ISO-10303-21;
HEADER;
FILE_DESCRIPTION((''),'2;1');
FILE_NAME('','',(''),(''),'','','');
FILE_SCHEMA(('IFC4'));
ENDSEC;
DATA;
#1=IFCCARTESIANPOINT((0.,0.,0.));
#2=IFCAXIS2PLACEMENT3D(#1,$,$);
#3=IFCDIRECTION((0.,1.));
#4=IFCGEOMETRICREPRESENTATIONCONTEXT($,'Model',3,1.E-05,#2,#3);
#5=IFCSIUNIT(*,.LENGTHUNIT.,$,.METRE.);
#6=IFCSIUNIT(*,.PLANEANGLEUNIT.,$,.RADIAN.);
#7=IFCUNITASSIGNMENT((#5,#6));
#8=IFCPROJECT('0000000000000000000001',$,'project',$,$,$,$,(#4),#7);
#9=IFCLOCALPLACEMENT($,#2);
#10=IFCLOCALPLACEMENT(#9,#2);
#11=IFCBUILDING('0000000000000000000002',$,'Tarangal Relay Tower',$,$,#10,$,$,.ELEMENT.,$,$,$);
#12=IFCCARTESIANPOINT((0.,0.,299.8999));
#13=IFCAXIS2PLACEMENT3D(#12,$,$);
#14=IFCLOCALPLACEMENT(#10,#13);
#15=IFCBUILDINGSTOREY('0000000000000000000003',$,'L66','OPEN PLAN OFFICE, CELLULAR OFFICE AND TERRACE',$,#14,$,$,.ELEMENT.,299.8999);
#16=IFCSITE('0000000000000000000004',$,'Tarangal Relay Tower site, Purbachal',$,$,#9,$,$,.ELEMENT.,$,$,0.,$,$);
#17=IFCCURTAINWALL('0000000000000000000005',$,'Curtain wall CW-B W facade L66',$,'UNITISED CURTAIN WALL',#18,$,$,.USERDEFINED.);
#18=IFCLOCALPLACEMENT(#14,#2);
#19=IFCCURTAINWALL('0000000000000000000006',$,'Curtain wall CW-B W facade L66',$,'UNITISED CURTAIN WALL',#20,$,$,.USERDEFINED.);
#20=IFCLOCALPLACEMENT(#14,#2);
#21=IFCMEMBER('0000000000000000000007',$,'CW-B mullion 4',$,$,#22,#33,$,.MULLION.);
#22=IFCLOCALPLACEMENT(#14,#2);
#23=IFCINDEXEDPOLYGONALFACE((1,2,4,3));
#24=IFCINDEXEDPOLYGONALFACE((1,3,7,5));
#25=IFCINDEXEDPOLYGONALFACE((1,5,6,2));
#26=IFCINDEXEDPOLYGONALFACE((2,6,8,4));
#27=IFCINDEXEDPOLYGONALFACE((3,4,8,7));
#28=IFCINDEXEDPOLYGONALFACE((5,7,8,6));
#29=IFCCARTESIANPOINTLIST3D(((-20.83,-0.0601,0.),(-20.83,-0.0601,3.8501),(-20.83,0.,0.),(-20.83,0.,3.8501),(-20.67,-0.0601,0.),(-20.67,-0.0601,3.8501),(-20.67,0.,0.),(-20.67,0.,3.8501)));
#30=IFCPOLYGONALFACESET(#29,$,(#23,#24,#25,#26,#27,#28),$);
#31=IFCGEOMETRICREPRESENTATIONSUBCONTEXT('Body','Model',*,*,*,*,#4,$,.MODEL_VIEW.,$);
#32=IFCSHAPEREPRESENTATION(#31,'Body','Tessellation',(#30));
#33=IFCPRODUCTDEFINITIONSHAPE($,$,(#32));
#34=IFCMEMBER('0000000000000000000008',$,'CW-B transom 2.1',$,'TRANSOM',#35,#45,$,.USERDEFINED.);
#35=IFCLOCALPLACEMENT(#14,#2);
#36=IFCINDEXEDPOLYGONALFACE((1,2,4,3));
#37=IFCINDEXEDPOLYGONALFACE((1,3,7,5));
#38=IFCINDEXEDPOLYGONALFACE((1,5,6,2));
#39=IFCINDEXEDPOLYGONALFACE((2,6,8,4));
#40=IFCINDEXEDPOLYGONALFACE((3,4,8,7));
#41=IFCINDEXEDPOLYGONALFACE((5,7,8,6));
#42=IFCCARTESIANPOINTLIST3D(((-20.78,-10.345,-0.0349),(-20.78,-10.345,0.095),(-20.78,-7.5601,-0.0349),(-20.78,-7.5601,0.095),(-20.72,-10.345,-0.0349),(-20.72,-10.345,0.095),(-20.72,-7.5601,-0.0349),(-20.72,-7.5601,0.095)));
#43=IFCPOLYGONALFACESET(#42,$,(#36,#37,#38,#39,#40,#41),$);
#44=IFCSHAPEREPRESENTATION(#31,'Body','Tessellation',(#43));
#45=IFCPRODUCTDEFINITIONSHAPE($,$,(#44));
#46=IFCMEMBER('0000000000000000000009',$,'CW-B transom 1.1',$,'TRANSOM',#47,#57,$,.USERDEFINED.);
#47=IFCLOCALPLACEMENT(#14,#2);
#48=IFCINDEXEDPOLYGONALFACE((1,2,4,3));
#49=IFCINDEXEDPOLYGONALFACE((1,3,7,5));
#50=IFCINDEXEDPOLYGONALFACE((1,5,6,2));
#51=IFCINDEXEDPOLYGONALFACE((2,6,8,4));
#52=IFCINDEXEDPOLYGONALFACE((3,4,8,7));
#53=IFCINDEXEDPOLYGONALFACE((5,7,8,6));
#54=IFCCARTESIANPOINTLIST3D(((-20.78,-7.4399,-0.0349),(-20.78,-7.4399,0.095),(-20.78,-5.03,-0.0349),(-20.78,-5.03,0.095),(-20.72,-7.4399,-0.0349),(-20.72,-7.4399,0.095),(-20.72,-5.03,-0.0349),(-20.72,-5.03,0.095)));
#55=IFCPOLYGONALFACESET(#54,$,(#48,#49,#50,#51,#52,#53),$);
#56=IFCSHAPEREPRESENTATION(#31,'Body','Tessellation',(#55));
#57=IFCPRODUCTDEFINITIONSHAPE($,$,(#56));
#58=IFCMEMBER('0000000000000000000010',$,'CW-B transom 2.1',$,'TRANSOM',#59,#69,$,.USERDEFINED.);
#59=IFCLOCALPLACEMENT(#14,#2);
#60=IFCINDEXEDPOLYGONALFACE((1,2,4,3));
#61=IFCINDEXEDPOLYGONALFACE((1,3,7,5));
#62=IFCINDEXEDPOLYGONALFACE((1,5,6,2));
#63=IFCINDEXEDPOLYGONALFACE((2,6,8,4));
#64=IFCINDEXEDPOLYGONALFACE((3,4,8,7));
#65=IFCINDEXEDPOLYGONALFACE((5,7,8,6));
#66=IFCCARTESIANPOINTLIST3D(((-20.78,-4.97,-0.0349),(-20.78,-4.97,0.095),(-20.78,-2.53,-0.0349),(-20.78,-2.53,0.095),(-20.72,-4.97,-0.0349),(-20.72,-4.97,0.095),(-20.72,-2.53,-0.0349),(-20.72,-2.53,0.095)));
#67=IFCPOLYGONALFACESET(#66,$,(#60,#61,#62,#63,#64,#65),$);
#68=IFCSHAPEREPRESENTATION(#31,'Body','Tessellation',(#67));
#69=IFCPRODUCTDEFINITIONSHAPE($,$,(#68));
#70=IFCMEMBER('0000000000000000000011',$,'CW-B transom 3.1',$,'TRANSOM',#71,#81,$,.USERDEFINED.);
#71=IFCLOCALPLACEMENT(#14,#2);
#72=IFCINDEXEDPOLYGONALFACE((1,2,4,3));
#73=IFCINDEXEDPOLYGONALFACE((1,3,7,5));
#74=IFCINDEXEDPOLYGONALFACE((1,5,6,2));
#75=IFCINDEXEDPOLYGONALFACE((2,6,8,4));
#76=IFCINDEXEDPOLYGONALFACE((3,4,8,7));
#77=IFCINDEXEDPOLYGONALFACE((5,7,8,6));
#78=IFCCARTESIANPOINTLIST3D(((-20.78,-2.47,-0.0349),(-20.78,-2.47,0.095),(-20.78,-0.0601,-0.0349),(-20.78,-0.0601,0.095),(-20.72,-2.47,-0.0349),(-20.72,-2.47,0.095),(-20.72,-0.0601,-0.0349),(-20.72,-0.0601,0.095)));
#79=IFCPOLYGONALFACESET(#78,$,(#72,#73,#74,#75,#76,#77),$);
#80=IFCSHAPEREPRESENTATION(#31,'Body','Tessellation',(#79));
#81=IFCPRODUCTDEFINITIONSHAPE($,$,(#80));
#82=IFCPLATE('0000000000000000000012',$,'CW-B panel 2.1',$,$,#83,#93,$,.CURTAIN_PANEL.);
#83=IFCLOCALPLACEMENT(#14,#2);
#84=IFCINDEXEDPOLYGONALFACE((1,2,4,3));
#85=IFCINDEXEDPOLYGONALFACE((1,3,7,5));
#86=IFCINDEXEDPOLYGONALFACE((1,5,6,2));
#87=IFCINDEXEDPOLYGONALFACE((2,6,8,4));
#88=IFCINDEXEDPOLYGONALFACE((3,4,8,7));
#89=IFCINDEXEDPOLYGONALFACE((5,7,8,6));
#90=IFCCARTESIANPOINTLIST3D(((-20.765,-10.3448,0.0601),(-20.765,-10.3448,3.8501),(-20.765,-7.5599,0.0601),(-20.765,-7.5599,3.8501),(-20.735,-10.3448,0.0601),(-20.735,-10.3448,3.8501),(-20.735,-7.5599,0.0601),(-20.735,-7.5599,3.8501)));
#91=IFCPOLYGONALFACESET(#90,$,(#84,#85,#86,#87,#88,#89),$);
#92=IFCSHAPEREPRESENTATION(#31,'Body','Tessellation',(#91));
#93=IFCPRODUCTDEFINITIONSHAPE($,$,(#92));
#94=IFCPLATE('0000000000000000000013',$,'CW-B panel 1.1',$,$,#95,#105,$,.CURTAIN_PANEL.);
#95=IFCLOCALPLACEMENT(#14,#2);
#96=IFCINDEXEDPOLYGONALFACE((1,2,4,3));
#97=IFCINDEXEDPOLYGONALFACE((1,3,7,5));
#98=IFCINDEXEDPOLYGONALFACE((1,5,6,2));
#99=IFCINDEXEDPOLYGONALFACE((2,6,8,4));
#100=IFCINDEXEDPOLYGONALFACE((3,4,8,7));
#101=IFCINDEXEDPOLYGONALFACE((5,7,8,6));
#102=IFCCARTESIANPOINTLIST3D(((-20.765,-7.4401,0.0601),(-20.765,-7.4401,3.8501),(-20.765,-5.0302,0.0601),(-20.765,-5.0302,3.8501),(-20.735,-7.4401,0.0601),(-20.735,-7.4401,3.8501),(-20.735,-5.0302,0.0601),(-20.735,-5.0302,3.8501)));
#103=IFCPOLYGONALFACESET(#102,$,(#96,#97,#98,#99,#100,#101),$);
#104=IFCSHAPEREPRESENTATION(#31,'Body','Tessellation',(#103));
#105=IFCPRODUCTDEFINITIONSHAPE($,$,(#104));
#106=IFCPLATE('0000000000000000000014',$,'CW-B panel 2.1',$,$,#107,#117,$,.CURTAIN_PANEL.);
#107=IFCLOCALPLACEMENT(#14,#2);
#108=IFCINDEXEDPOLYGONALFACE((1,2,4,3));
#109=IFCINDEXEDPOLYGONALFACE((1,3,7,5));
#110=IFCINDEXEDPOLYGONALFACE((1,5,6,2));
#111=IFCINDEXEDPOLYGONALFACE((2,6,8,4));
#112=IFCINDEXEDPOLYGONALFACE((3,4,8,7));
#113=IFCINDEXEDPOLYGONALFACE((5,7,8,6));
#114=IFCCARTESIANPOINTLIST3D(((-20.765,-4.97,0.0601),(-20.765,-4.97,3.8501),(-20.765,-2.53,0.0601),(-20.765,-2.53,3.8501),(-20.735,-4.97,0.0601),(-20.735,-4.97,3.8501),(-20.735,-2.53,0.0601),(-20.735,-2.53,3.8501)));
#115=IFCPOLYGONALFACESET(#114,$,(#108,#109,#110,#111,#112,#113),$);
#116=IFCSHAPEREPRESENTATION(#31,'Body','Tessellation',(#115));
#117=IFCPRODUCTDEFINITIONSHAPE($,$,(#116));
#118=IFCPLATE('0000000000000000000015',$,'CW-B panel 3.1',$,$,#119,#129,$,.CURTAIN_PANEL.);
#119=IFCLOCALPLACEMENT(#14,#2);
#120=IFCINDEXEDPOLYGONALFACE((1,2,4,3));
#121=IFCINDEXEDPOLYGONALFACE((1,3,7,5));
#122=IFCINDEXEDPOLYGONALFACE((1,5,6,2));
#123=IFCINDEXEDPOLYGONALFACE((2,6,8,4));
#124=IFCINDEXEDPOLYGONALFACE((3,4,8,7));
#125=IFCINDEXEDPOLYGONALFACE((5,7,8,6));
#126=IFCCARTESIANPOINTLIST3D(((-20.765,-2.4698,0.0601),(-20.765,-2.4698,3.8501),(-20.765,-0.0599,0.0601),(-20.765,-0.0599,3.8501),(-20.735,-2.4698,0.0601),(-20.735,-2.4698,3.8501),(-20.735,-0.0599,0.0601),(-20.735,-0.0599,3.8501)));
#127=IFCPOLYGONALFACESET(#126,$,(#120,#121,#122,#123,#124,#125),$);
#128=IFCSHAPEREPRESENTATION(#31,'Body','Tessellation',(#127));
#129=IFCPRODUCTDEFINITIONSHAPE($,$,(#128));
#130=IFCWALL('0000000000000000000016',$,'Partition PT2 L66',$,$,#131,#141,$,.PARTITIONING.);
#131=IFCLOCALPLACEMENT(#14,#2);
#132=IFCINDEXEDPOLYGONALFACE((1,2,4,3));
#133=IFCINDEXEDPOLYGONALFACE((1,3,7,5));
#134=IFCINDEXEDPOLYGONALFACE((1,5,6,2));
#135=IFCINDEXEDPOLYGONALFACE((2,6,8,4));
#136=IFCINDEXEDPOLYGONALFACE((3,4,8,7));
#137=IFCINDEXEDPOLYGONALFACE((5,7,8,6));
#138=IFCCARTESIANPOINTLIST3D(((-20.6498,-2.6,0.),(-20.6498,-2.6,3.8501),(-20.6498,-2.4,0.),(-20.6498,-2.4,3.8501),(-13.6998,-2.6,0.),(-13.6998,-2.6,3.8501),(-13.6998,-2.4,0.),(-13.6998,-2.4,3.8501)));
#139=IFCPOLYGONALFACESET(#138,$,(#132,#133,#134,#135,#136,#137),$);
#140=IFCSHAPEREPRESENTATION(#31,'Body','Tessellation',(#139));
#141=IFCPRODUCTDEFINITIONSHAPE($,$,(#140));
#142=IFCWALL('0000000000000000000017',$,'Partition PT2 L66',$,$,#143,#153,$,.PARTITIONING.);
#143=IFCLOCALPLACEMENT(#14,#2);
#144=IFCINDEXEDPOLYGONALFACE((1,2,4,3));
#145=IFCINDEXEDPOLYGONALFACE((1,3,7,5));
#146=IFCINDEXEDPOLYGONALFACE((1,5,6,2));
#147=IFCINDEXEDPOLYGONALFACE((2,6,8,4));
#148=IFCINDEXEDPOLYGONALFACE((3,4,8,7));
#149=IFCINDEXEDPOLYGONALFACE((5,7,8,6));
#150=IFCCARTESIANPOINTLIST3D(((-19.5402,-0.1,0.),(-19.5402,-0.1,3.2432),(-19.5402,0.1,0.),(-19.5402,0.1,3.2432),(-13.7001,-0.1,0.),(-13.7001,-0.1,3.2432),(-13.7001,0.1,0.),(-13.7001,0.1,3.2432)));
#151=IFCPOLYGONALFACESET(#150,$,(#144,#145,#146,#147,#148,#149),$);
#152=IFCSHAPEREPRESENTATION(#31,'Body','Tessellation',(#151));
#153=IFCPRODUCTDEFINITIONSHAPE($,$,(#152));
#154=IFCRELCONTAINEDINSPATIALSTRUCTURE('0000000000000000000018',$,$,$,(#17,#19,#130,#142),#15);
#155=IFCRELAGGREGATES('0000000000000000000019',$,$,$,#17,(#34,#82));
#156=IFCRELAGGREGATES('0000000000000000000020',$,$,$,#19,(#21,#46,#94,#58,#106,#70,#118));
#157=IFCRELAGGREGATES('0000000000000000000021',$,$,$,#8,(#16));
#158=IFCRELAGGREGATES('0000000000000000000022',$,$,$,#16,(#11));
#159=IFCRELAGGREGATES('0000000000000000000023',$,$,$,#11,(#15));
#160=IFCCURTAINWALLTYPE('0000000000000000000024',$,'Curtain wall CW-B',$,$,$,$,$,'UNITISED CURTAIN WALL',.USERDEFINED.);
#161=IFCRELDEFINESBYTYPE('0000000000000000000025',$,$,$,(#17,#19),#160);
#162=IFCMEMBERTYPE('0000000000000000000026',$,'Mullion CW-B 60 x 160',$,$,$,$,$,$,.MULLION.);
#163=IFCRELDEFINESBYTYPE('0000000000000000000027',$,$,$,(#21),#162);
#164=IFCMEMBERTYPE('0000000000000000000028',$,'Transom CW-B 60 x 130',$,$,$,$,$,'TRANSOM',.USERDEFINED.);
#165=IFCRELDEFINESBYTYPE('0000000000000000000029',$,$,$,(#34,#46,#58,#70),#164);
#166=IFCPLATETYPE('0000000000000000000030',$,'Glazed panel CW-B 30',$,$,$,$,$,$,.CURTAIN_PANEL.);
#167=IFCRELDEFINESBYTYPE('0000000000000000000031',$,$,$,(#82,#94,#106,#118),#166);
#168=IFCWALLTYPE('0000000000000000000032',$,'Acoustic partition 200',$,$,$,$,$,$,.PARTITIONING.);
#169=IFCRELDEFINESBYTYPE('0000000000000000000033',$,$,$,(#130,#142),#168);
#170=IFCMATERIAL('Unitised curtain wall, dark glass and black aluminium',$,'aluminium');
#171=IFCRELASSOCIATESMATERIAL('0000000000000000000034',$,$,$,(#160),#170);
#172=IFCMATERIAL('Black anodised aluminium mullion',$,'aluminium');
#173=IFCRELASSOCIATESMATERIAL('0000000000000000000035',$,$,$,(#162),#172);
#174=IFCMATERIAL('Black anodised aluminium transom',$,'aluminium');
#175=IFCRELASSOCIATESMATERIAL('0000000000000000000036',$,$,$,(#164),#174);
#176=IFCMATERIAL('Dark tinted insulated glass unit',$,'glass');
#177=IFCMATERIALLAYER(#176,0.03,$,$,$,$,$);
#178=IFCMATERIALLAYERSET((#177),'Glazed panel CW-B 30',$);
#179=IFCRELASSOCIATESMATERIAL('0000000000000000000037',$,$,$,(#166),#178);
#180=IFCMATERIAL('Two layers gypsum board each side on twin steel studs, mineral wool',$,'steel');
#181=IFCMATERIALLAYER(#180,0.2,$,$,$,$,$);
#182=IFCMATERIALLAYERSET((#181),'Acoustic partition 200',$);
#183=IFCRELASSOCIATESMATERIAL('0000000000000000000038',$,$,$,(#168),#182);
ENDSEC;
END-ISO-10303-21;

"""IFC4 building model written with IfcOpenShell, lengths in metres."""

from ifc_helpers import new_model, si_unit, direction, frame, frame_2d, origin, origin_2d, place, context, subcontext, project, spatial, rectangle, extrude, material, layer, layer_set, material_profile, profile_set, type_object, element, aggregate, save


model = new_model("IFC4")

# Units and contexts
model_context = context("Model", 3, precision=1e-05, world=origin(), true_north=direction((0.0, 1.0)))
body_context = subcontext(model_context, "Body", "Model", "MODEL_VIEW")
ifc_project = project(units=[si_unit("LENGTHUNIT", "METRE"), si_unit("PLANEANGLEUNIT", "RADIAN")], contexts=[model_context])

# Site, building, storey
site_placement = place(None, origin())
site = spatial("IfcSite", under=ifc_project, at=site_placement, Name="Tarangal Relay Tower site, Purbachal", CompositionType="ELEMENT", RefElevation=0.0)
building_placement = place(site_placement, origin())
building = spatial("IfcBuilding", under=site, at=building_placement, Name="Tarangal Relay Tower", CompositionType="ELEMENT")
storey_placement = place(building_placement, frame((0.0, 0.0, 299.8999)))
storey = spatial("IfcBuildingStorey", under=building, at=storey_placement, Name="L66", Description="OPEN PLAN OFFICE, CELLULAR OFFICE AND TERRACE", CompositionType="ELEMENT", Elevation=299.8999)

# Curtain wall
ifc_material_1 = material(Name="Unitised curtain wall, dark glass and black aluminium", Category="aluminium")
curtain_wall_type = type_object("IfcCurtainWallType", Name="Curtain wall CW-B", ElementType="UNITISED CURTAIN WALL", PredefinedType="USERDEFINED", material=ifc_material_1)
curtain_wall_1_placement = place(storey_placement, origin())
curtain_wall_1 = element("IfcCurtainWall", 1, at=curtain_wall_1_placement, inside=storey, type_object=curtain_wall_type, Name="Curtain wall CW-B W facade L66", ObjectType="UNITISED CURTAIN WALL", PredefinedType="USERDEFINED")
ifc_material_2 = material(Name="Black anodised aluminium mullion", Category="aluminium")
ifc_material_profile_1 = material_profile(ifc_material_2, rectangle(XDim=0.1599, YDim=0.0601, at=origin_2d()), Name="CW-BM 60X160")
ifc_profile_set_1 = profile_set([ifc_material_profile_1], Name="Black anodised aluminium mullion")
member_type_1 = type_object("IfcMemberType", Name="Mullion CW-B 60 x 160", PredefinedType="MULLION", material=ifc_profile_set_1)

# Curtain wall, member
curtain_wall_2_placement = place(storey_placement, origin())
curtain_wall_2 = element("IfcCurtainWall", 2, at=curtain_wall_2_placement, inside=storey, type_object=curtain_wall_type, Name="Curtain wall CW-B W facade L66", ObjectType="UNITISED CURTAIN WALL", PredefinedType="USERDEFINED")
member_1_placement = place(storey_placement, frame((-20.75, -0.03, 0.0), z_axis=(0.0, 0.0, 1.0), x_axis=(-1.0, 0.0, 0.0)))
member_1 = element("IfcMember", 3, at=member_1_placement, type_object=member_type_1, Name="CW-B mullion 4", PredefinedType="MULLION", context=body_context, shape_type="SweptSolid", body=[
    extrude(rectangle(XDim=0.1599, YDim=0.0601, at=origin_2d()), origin(), (0.0, 0.0, 1.0), 3.8501),
])

# Members
ifc_material_3 = material(Name="Black anodised aluminium transom", Category="aluminium")
ifc_material_profile_2 = material_profile(ifc_material_3, rectangle(XDim=0.0601, YDim=0.1299, at=origin_2d()), Name="CW-BT 60X130")
ifc_profile_set_2 = profile_set([ifc_material_profile_2], Name="Black anodised aluminium transom")
member_type_2 = type_object("IfcMemberType", Name="Transom CW-B 60 x 130", ElementType="TRANSOM", PredefinedType="USERDEFINED", material=ifc_profile_set_2)
member_2_placement = place(storey_placement, frame((-20.75, -10.345, 0.03), z_axis=(0.0, 1.0, 0.0), x_axis=(-1.0, 0.0, 0.0)))
member_2 = element("IfcMember", 4, at=member_2_placement, type_object=member_type_2, Name="CW-B transom 2.1", ObjectType="TRANSOM", PredefinedType="USERDEFINED", context=body_context, shape_type="SweptSolid", body=[
    extrude(rectangle(XDim=0.0601, YDim=0.1299, at=origin_2d()), origin(), (0.0, 0.0, 1.0), 2.7849),
])
member_3_placement = place(storey_placement, frame((-20.75, -7.4399, 0.03), z_axis=(0.0, 1.0, 0.0), x_axis=(-1.0, 0.0, 0.0)))
member_3 = element("IfcMember", 5, at=member_3_placement, type_object=member_type_2, Name="CW-B transom 1.1", ObjectType="TRANSOM", PredefinedType="USERDEFINED", context=body_context, shape_type="SweptSolid", body=[
    extrude(rectangle(XDim=0.0601, YDim=0.1299, at=origin_2d()), origin(), (0.0, 0.0, 1.0), 2.4099),
])
member_4_placement = place(storey_placement, frame((-20.75, -4.97, 0.03), z_axis=(0.0, 1.0, 0.0), x_axis=(-1.0, 0.0, 0.0)))
member_4 = element("IfcMember", 6, at=member_4_placement, type_object=member_type_2, Name="CW-B transom 2.1", ObjectType="TRANSOM", PredefinedType="USERDEFINED", context=body_context, shape_type="SweptSolid", body=[
    extrude(rectangle(XDim=0.0601, YDim=0.1299, at=origin_2d()), origin(), (0.0, 0.0, 1.0), 2.4399),
])
member_5_placement = place(storey_placement, frame((-20.75, -2.47, 0.03), z_axis=(0.0, 1.0, 0.0), x_axis=(-1.0, 0.0, 0.0)))
member_5 = element("IfcMember", 7, at=member_5_placement, type_object=member_type_2, Name="CW-B transom 3.1", ObjectType="TRANSOM", PredefinedType="USERDEFINED", context=body_context, shape_type="SweptSolid", body=[
    extrude(rectangle(XDim=0.0601, YDim=0.1299, at=origin_2d()), origin(), (0.0, 0.0, 1.0), 2.4099),
])

# Plates
ifc_material_4 = material(Name="Dark tinted insulated glass unit", Category="glass")
ifc_layer_1 = layer(ifc_material_4, 0.03)
ifc_layer_set_1 = layer_set([ifc_layer_1], Name="Glazed panel CW-B 30")
plate_type = type_object("IfcPlateType", Name="Glazed panel CW-B 30", PredefinedType="CURTAIN_PANEL", material=ifc_layer_set_1)
plate_1_placement = place(storey_placement, frame((-20.75, -8.9524, 0.0601), z_axis=(0.0, 0.0, 1.0), x_axis=(0.0, 1.0, 0.0)))
plate_1 = element("IfcPlate", 8, at=plate_1_placement, type_object=plate_type, Name="CW-B panel 2.1", PredefinedType="CURTAIN_PANEL", context=body_context, shape_type="SweptSolid", body=[
    extrude(rectangle(XDim=2.7849, YDim=0.03, at=origin_2d()), origin(), (0.0, 0.0, 1.0), 3.79),
])
aggregate(curtain_wall_1, [member_2, plate_1])
plate_2_placement = place(storey_placement, frame((-20.75, -6.2351, 0.0601), z_axis=(0.0, 0.0, 1.0), x_axis=(0.0, 1.0, 0.0)))
plate_2 = element("IfcPlate", 9, at=plate_2_placement, type_object=plate_type, Name="CW-B panel 1.1", PredefinedType="CURTAIN_PANEL", context=body_context, shape_type="SweptSolid", body=[
    extrude(rectangle(XDim=2.4099, YDim=0.03, at=origin_2d()), origin(), (0.0, 0.0, 1.0), 3.79),
])
plate_3_placement = place(storey_placement, frame((-20.75, -3.75, 0.0601), z_axis=(0.0, 0.0, 1.0), x_axis=(0.0, 1.0, 0.0)))
plate_3 = element("IfcPlate", 10, at=plate_3_placement, type_object=plate_type, Name="CW-B panel 2.1", PredefinedType="CURTAIN_PANEL", context=body_context, shape_type="SweptSolid", body=[
    extrude(rectangle(XDim=2.4399, YDim=0.03, at=origin_2d()), origin(), (0.0, 0.0, 1.0), 3.79),
])
plate_4_placement = place(storey_placement, frame((-20.75, -1.2649, 0.0601), z_axis=(0.0, 0.0, 1.0), x_axis=(0.0, 1.0, 0.0)))
plate_4 = element("IfcPlate", 11, at=plate_4_placement, type_object=plate_type, Name="CW-B panel 3.1", PredefinedType="CURTAIN_PANEL", context=body_context, shape_type="SweptSolid", body=[
    extrude(rectangle(XDim=2.4099, YDim=0.03, at=origin_2d()), origin(), (0.0, 0.0, 1.0), 3.79),
])
aggregate(curtain_wall_2, [member_1, member_3, plate_2, member_4, plate_3, member_5, plate_4])

# Walls
ifc_material_5 = material(Name="Two layers gypsum board each side on twin steel studs, mineral wool", Category="steel")
ifc_layer_2 = layer(ifc_material_5, 0.2)
ifc_layer_set_2 = layer_set([ifc_layer_2], Name="Acoustic partition 200")
wall_type_1 = type_object("IfcWallType", Name="Acoustic partition 200", PredefinedType="PARTITIONING", material=ifc_layer_set_2)
wall_1_placement = place(storey_placement, frame((-20.6499, -2.5, 0.0), z_axis=(0.0, 0.0, 1.0), x_axis=(1.0, 0.0, 0.0)))
element("IfcWall", 12, at=wall_1_placement, inside=storey, type_object=wall_type_1, Name="Partition PT2 L66", PredefinedType="PARTITIONING", context=body_context, shape_type="SweptSolid", body=[
    extrude(rectangle(XDim=6.95, YDim=0.2, at=frame_2d((3.4751, 0.0))), origin(), (0.0, 0.0, 1.0), 3.8501),
])
wall_2_placement = place(storey_placement, frame((-19.54, 0.0, 0.0), z_axis=(0.0, 0.0, 1.0), x_axis=(1.0, 0.0, 0.0)))
element("IfcWall", 13, at=wall_2_placement, inside=storey, type_object=wall_type_1, Name="Partition PT2 L66", PredefinedType="PARTITIONING", context=body_context, shape_type="SweptSolid", body=[
    extrude(rectangle(XDim=5.8401, YDim=0.2, at=frame_2d((2.9199, 0.0))), origin(), (0.0, 0.0, 1.0), 3.2432),
])

save(model, "model.ifc")
